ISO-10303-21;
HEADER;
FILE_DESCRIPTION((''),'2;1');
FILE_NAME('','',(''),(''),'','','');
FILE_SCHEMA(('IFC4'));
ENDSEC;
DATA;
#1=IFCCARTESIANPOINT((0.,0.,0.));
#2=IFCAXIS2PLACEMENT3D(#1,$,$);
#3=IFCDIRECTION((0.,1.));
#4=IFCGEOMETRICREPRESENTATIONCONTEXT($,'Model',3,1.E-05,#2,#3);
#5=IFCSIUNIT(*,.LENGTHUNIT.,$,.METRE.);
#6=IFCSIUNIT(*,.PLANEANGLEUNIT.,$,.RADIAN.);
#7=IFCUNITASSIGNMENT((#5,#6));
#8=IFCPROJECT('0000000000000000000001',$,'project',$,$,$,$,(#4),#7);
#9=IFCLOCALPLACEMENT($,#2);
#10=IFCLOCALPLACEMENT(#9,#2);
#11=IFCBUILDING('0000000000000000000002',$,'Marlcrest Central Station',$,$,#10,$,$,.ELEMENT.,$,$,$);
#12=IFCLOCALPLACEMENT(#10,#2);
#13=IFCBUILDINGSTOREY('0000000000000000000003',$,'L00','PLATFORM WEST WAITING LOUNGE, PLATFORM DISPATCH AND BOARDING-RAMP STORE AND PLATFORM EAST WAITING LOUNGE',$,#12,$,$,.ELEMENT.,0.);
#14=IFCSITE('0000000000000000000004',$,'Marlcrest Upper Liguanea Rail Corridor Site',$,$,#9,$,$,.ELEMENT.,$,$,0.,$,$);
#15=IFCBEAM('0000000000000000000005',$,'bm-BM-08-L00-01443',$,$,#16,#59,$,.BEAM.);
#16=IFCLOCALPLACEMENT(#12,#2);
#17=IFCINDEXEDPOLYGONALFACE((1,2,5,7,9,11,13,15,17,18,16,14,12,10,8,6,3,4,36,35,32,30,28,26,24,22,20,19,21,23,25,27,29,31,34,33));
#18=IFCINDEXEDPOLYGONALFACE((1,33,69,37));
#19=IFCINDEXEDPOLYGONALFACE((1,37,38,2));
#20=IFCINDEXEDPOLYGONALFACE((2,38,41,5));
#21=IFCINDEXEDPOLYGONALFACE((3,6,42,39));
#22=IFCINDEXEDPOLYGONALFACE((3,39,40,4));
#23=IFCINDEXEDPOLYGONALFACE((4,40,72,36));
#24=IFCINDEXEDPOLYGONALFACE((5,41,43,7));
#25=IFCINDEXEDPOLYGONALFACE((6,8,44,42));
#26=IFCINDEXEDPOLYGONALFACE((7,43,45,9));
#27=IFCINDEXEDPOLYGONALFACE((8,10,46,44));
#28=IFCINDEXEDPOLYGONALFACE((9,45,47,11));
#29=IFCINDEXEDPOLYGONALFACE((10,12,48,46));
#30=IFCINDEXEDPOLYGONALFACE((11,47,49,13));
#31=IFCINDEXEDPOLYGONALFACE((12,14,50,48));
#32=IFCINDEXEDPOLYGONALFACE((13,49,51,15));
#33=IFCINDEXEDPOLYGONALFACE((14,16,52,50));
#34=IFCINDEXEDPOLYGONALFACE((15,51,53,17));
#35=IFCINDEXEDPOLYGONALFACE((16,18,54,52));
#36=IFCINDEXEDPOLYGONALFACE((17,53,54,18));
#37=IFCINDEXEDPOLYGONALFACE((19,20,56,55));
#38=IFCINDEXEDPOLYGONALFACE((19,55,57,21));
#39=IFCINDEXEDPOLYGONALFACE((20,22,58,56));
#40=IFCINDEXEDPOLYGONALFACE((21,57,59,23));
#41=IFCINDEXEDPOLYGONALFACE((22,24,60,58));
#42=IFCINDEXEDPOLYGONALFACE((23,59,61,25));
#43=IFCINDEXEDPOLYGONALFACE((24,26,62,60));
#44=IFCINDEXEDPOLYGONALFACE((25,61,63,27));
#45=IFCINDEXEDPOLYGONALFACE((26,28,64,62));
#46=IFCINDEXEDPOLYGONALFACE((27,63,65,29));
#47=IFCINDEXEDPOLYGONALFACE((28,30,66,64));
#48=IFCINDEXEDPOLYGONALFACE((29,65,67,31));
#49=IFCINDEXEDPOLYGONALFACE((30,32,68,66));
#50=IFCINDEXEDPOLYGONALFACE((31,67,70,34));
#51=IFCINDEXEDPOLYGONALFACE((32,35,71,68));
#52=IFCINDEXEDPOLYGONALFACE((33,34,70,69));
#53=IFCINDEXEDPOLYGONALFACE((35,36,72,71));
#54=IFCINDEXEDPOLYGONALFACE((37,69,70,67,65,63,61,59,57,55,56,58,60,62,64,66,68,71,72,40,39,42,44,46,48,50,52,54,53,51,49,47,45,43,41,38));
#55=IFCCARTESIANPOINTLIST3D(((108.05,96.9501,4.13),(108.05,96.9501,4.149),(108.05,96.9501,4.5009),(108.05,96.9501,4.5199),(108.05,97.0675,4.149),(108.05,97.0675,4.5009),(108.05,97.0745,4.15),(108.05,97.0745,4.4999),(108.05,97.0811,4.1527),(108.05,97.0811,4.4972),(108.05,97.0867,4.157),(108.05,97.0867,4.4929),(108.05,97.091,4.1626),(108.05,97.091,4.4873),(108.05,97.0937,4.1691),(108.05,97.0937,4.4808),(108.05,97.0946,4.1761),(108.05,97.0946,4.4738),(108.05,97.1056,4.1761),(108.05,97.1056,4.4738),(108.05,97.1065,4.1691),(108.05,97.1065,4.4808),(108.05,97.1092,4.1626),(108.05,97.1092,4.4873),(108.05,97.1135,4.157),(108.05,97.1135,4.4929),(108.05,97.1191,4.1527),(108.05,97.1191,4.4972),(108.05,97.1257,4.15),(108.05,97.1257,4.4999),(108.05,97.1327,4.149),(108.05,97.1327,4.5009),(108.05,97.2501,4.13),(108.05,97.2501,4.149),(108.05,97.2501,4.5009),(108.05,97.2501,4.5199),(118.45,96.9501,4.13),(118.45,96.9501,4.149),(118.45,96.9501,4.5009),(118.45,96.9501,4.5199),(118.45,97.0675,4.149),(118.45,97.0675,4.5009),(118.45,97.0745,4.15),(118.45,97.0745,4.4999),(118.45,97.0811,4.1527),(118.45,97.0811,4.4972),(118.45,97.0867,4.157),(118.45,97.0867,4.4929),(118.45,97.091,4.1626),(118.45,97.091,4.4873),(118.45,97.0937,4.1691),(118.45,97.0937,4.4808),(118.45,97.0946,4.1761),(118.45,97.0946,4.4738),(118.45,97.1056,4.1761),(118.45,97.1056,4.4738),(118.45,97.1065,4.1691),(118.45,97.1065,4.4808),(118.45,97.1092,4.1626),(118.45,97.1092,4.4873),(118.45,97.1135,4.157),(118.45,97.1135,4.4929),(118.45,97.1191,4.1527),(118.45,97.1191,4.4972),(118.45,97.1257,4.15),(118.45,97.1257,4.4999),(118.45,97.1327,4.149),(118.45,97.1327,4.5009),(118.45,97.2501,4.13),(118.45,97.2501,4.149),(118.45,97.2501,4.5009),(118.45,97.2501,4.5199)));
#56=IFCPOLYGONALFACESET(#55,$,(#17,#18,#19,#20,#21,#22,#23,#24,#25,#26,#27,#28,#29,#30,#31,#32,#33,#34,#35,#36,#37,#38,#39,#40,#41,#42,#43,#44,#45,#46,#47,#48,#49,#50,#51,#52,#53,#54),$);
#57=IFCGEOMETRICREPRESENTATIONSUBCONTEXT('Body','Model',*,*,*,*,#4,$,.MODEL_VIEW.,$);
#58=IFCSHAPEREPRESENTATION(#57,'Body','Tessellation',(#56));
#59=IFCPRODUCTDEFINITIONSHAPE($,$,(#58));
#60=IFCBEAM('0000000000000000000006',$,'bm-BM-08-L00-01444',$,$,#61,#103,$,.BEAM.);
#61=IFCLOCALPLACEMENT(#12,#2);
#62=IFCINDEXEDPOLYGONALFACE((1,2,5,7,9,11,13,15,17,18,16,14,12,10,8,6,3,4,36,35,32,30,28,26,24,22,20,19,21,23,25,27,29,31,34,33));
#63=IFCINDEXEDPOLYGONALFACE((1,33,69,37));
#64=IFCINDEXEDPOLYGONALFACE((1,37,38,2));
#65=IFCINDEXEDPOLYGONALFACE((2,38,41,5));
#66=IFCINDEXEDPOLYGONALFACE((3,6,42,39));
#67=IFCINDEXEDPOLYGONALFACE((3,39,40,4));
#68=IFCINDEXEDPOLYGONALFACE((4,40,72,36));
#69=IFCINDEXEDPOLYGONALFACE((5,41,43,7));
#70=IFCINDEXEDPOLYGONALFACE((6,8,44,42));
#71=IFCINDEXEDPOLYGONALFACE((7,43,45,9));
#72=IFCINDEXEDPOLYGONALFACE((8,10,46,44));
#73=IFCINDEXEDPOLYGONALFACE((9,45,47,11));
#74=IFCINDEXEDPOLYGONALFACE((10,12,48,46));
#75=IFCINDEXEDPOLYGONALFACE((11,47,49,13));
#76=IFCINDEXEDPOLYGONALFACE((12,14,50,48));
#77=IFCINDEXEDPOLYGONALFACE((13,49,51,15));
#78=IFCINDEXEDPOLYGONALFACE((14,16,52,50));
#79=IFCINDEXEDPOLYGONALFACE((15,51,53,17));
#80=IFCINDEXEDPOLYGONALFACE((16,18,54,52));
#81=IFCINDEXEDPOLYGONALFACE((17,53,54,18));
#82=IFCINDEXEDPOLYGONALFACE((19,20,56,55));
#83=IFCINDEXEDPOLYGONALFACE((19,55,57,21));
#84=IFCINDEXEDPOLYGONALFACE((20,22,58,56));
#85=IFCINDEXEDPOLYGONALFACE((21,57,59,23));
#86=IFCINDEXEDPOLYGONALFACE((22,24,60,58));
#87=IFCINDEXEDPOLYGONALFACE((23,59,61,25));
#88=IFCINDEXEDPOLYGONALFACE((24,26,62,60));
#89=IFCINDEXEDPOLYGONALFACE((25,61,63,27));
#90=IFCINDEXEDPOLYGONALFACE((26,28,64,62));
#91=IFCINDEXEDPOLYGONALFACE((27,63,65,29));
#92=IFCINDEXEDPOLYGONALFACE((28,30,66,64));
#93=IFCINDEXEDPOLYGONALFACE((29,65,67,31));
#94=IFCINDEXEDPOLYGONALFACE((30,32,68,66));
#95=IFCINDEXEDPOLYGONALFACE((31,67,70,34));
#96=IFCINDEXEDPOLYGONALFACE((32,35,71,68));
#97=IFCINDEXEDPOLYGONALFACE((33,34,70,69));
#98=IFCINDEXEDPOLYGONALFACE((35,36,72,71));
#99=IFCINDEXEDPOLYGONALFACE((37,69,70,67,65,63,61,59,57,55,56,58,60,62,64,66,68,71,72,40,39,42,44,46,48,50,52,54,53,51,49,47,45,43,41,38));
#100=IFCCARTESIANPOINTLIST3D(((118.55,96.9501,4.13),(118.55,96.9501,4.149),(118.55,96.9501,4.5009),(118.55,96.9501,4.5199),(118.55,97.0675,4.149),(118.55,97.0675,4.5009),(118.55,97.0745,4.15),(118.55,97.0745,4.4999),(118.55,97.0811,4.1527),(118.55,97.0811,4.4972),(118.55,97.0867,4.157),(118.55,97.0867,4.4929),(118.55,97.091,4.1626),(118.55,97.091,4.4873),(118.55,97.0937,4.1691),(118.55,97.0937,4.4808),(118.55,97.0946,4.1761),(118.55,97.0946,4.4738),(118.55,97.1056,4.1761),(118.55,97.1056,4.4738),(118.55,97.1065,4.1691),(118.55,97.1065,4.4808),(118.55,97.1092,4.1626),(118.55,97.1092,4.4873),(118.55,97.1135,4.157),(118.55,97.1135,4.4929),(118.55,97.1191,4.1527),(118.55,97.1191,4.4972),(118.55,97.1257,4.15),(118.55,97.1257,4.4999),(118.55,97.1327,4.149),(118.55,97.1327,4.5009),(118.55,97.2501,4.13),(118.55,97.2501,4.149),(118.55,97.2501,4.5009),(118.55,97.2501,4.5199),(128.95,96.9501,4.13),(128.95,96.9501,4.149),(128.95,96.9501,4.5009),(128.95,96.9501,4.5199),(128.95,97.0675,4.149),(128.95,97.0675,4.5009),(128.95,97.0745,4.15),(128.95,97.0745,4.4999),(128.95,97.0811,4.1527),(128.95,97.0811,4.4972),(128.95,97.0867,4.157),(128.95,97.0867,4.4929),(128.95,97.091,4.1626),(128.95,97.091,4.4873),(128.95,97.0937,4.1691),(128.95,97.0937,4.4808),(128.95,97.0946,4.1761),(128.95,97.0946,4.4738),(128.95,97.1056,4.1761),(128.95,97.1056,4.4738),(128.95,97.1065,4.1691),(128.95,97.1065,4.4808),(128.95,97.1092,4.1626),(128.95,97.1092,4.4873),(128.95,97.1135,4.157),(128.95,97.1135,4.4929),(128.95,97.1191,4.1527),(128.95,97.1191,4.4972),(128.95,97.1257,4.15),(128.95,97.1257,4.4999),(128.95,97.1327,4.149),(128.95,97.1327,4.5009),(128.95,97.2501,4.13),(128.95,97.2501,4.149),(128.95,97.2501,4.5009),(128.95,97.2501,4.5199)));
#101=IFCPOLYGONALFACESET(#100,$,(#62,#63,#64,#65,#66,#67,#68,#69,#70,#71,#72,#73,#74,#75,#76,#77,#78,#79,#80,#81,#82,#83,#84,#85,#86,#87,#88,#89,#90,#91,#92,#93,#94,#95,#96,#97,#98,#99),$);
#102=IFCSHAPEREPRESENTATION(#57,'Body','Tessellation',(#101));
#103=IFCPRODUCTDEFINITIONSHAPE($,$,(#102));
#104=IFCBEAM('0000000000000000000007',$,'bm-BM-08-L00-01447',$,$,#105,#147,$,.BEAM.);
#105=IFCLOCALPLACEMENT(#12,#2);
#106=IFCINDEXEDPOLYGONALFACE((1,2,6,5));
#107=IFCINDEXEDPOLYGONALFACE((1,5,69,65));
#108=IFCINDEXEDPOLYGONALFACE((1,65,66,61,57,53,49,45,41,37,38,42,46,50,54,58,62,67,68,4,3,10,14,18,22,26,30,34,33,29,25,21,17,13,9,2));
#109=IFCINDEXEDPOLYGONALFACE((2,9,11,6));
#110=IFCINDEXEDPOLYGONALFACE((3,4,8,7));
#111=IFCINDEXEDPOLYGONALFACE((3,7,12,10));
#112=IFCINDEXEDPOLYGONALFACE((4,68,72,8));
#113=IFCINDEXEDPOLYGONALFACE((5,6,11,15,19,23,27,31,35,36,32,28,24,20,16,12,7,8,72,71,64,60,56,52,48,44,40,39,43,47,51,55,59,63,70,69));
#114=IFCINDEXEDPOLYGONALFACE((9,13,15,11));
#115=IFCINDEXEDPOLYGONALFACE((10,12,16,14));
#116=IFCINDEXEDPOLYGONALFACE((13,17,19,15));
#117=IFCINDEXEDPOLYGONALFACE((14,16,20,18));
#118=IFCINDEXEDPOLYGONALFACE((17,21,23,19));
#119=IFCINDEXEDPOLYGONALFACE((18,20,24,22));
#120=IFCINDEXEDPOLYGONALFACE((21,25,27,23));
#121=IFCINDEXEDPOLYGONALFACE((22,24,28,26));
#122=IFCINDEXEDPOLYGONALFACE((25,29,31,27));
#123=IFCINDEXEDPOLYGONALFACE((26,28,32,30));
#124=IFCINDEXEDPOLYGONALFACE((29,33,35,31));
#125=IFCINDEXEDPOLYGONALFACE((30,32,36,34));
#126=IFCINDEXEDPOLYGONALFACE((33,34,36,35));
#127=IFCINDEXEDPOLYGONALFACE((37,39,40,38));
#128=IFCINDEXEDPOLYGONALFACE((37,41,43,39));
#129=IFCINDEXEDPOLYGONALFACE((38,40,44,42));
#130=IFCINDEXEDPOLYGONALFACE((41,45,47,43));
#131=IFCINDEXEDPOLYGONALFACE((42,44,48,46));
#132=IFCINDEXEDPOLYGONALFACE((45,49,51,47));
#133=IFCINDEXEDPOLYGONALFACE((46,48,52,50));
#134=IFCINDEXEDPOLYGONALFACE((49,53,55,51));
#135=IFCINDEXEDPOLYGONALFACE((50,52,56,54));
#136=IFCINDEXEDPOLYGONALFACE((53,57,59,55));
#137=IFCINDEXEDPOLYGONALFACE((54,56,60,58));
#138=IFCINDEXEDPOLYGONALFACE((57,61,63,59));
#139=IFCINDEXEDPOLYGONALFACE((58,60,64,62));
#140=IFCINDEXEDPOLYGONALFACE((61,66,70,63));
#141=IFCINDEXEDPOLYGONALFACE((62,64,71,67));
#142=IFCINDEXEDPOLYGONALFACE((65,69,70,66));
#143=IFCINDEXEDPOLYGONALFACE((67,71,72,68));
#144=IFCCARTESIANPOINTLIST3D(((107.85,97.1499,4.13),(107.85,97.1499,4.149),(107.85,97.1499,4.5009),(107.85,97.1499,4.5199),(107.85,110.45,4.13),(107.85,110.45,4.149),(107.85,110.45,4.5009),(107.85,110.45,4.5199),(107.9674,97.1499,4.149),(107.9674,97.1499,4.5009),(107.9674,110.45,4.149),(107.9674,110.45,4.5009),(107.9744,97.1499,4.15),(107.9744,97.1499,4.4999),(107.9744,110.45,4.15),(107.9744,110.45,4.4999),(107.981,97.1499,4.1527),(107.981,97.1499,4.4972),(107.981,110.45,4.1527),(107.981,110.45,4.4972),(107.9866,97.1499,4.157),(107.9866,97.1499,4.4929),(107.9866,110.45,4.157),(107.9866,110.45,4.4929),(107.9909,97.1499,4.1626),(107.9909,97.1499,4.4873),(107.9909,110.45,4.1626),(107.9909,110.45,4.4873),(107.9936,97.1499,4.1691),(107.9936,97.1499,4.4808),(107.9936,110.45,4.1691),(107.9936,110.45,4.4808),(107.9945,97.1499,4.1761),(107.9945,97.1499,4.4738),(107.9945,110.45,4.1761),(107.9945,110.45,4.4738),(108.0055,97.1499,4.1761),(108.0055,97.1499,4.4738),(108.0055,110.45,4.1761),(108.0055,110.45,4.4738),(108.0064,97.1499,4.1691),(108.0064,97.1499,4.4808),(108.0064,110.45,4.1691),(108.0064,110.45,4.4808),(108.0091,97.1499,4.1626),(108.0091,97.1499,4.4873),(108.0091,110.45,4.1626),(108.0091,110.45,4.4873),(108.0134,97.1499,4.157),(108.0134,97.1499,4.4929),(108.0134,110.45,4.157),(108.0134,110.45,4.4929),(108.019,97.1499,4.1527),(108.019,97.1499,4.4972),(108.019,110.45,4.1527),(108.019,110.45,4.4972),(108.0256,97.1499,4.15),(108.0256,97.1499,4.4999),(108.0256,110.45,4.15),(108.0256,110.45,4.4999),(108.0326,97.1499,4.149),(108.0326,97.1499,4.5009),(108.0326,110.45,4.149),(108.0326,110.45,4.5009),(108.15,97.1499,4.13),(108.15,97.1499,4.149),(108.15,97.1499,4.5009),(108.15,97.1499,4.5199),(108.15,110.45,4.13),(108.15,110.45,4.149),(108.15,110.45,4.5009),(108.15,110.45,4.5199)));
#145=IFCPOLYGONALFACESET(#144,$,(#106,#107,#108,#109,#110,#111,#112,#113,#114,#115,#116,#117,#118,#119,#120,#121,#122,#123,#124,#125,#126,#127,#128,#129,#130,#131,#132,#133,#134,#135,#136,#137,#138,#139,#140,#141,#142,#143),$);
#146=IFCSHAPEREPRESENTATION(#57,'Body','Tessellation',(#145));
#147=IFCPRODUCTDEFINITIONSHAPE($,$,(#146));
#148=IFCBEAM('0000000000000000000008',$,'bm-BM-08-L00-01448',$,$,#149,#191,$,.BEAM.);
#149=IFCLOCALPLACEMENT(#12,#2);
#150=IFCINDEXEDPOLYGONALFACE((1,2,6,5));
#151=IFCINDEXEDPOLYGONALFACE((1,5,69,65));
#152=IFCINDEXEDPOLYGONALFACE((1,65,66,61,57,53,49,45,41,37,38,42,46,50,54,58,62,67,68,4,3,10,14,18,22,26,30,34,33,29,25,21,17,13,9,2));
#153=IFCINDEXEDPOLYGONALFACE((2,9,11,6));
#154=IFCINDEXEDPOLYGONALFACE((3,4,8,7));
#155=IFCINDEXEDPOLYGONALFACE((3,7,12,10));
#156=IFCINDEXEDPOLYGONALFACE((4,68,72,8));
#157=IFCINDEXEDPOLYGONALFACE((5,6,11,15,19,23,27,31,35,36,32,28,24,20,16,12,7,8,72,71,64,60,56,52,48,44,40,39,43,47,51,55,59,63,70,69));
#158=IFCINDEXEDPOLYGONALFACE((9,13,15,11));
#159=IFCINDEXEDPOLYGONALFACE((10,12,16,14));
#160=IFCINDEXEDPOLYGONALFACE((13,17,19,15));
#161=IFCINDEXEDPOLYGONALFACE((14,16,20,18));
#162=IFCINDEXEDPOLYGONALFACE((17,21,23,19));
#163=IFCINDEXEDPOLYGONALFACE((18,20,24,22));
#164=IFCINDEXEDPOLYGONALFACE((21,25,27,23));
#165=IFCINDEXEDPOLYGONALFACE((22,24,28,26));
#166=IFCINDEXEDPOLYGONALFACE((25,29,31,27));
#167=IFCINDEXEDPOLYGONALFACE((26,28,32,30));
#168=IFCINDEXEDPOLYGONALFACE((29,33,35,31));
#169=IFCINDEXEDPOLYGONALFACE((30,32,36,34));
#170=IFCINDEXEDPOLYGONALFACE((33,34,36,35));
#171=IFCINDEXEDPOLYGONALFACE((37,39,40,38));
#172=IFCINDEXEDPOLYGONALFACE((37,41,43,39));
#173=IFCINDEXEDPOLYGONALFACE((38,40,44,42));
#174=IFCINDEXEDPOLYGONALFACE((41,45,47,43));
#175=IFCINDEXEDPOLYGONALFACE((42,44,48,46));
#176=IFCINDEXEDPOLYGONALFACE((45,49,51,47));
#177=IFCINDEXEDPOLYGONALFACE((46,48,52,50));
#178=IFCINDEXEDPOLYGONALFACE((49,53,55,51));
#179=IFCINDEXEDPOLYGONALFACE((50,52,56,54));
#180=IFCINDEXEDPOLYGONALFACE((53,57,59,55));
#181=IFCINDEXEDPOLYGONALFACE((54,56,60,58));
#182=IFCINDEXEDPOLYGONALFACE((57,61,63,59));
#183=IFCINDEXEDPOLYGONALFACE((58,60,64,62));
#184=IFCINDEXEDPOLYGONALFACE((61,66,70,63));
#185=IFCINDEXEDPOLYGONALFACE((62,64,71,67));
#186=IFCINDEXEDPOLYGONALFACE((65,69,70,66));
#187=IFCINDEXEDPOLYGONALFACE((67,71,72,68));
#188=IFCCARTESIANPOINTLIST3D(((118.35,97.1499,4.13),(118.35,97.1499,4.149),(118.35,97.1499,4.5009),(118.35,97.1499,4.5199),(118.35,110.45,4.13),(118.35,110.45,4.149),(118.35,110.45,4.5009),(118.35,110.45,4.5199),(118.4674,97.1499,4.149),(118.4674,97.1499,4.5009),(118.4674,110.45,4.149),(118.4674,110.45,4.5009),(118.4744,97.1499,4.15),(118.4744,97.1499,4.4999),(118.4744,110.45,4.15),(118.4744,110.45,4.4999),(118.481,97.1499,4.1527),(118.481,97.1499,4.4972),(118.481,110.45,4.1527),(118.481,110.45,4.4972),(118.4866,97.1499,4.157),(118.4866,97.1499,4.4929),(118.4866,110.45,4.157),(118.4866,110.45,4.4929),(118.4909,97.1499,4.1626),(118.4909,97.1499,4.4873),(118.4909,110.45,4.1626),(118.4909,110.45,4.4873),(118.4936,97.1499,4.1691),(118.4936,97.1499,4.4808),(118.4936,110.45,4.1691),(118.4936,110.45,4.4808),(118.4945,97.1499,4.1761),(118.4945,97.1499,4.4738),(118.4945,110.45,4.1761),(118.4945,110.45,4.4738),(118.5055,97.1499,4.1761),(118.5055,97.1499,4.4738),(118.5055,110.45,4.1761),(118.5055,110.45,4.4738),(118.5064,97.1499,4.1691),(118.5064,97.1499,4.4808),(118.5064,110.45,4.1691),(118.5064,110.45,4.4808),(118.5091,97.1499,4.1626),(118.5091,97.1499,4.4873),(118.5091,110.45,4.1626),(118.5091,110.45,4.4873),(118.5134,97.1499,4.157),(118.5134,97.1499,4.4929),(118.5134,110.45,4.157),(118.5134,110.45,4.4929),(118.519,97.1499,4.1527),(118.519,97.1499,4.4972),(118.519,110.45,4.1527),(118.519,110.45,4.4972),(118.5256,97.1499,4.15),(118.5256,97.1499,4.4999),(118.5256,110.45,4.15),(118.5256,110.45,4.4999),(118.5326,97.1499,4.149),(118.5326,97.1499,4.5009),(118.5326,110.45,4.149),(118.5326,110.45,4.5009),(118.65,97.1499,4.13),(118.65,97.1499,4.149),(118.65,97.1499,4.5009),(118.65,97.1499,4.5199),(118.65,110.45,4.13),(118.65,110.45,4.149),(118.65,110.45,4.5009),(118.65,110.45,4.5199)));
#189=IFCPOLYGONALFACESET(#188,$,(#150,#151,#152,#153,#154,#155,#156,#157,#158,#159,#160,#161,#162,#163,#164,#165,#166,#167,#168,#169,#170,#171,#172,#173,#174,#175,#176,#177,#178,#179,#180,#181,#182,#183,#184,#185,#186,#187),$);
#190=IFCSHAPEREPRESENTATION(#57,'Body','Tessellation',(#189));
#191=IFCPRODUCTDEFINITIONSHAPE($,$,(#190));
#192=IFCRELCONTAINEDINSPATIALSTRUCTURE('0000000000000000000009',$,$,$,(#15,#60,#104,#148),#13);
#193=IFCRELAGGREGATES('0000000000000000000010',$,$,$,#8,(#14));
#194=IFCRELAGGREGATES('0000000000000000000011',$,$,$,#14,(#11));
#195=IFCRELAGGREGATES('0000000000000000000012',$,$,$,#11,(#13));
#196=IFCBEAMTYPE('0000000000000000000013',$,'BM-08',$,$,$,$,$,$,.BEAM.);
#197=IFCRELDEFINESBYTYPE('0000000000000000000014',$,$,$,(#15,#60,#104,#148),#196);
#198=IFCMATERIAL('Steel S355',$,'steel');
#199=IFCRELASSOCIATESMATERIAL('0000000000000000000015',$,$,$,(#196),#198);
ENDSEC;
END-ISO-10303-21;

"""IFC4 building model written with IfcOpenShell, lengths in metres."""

from ifc_helpers import new_model, si_unit, direction, frame, origin, origin_2d, place, context, subcontext, project, spatial, i_section, extrude, material, material_profile, profile_set, type_object, element, save


model = new_model("IFC4")

# Units and contexts
model_context = context("Model", 3, precision=1e-05, world=origin(), true_north=direction((0.0, 1.0)))
body_context = subcontext(model_context, "Body", "Model", "MODEL_VIEW")
ifc_project = project(units=[si_unit("LENGTHUNIT", "METRE"), si_unit("PLANEANGLEUNIT", "RADIAN")], contexts=[model_context])

# Site, building, storey
site_placement = place(None, origin())
site = spatial("IfcSite", under=ifc_project, at=site_placement, Name="Marlcrest Upper Liguanea Rail Corridor Site", CompositionType="ELEMENT", RefElevation=0.0)
building_placement = place(site_placement, origin())
building = spatial("IfcBuilding", under=site, at=building_placement, Name="Marlcrest Central Station", CompositionType="ELEMENT")
storey_placement = place(building_placement, origin())
storey = spatial("IfcBuildingStorey", under=building, at=storey_placement, Name="L00", Description="PLATFORM WEST WAITING LOUNGE, PLATFORM DISPATCH AND BOARDING-RAMP STORE AND PLATFORM EAST WAITING LOUNGE", CompositionType="ELEMENT", Elevation=0.0)

# Shared definitions
ifc_material_1 = material(Name="Steel S355", Category="steel")

# Beams
ifc_material_profile_1 = material_profile(ifc_material_1, i_section(OverallWidth=0.3, OverallDepth=0.3899, WebThickness=0.011, FlangeThickness=0.019, FilletRadius=0.0271, at=origin_2d()), Name="HEA 400")
ifc_profile_set_1 = profile_set([ifc_material_profile_1], Name="Steel S355")
beam_type_1 = type_object("IfcBeamType", Name="BM-08", PredefinedType="BEAM", material=ifc_profile_set_1)
for number, where, z_axis, x_axis, name in (
    (1, (108.05, 97.1001, 4.325), (1.0, 0.0, 0.0), (0.0, 1.0, 0.0), "bm-BM-08-L00-01443"),
    (2, (118.55, 97.1001, 4.325), (1.0, 0.0, 0.0), (0.0, 1.0, 0.0), "bm-BM-08-L00-01444"),
):
    element("IfcBeam", number, at=place(storey_placement, frame(where, z_axis=z_axis, x_axis=x_axis)), inside=storey, type_object=beam_type_1, Name=name, PredefinedType="BEAM", context=body_context, shape_type="SweptSolid", body=[
        extrude(i_section(OverallWidth=0.3, OverallDepth=0.3899, WebThickness=0.011, FlangeThickness=0.019, FilletRadius=0.0271, at=origin_2d()), origin(), (0.0, 0.0, 1.0), 10.3999),
    ])
for number, where, z_axis, x_axis, name in (
    (3, (108.0, 97.1499, 4.325), (0.0, 1.0, 0.0), (-1.0, 0.0, 0.0), "bm-BM-08-L00-01447"),
    (4, (118.5, 97.1499, 4.325), (0.0, 1.0, 0.0), (-1.0, 0.0, 0.0), "bm-BM-08-L00-01448"),
):
    element("IfcBeam", number, at=place(storey_placement, frame(where, z_axis=z_axis, x_axis=x_axis)), inside=storey, type_object=beam_type_1, Name=name, PredefinedType="BEAM", context=body_context, shape_type="SweptSolid", body=[
        extrude(i_section(OverallWidth=0.3, OverallDepth=0.3899, WebThickness=0.011, FlangeThickness=0.019, FilletRadius=0.0271, at=origin_2d()), origin(), (0.0, 0.0, 1.0), 13.3),
    ])

save(model, "model.ifc")
